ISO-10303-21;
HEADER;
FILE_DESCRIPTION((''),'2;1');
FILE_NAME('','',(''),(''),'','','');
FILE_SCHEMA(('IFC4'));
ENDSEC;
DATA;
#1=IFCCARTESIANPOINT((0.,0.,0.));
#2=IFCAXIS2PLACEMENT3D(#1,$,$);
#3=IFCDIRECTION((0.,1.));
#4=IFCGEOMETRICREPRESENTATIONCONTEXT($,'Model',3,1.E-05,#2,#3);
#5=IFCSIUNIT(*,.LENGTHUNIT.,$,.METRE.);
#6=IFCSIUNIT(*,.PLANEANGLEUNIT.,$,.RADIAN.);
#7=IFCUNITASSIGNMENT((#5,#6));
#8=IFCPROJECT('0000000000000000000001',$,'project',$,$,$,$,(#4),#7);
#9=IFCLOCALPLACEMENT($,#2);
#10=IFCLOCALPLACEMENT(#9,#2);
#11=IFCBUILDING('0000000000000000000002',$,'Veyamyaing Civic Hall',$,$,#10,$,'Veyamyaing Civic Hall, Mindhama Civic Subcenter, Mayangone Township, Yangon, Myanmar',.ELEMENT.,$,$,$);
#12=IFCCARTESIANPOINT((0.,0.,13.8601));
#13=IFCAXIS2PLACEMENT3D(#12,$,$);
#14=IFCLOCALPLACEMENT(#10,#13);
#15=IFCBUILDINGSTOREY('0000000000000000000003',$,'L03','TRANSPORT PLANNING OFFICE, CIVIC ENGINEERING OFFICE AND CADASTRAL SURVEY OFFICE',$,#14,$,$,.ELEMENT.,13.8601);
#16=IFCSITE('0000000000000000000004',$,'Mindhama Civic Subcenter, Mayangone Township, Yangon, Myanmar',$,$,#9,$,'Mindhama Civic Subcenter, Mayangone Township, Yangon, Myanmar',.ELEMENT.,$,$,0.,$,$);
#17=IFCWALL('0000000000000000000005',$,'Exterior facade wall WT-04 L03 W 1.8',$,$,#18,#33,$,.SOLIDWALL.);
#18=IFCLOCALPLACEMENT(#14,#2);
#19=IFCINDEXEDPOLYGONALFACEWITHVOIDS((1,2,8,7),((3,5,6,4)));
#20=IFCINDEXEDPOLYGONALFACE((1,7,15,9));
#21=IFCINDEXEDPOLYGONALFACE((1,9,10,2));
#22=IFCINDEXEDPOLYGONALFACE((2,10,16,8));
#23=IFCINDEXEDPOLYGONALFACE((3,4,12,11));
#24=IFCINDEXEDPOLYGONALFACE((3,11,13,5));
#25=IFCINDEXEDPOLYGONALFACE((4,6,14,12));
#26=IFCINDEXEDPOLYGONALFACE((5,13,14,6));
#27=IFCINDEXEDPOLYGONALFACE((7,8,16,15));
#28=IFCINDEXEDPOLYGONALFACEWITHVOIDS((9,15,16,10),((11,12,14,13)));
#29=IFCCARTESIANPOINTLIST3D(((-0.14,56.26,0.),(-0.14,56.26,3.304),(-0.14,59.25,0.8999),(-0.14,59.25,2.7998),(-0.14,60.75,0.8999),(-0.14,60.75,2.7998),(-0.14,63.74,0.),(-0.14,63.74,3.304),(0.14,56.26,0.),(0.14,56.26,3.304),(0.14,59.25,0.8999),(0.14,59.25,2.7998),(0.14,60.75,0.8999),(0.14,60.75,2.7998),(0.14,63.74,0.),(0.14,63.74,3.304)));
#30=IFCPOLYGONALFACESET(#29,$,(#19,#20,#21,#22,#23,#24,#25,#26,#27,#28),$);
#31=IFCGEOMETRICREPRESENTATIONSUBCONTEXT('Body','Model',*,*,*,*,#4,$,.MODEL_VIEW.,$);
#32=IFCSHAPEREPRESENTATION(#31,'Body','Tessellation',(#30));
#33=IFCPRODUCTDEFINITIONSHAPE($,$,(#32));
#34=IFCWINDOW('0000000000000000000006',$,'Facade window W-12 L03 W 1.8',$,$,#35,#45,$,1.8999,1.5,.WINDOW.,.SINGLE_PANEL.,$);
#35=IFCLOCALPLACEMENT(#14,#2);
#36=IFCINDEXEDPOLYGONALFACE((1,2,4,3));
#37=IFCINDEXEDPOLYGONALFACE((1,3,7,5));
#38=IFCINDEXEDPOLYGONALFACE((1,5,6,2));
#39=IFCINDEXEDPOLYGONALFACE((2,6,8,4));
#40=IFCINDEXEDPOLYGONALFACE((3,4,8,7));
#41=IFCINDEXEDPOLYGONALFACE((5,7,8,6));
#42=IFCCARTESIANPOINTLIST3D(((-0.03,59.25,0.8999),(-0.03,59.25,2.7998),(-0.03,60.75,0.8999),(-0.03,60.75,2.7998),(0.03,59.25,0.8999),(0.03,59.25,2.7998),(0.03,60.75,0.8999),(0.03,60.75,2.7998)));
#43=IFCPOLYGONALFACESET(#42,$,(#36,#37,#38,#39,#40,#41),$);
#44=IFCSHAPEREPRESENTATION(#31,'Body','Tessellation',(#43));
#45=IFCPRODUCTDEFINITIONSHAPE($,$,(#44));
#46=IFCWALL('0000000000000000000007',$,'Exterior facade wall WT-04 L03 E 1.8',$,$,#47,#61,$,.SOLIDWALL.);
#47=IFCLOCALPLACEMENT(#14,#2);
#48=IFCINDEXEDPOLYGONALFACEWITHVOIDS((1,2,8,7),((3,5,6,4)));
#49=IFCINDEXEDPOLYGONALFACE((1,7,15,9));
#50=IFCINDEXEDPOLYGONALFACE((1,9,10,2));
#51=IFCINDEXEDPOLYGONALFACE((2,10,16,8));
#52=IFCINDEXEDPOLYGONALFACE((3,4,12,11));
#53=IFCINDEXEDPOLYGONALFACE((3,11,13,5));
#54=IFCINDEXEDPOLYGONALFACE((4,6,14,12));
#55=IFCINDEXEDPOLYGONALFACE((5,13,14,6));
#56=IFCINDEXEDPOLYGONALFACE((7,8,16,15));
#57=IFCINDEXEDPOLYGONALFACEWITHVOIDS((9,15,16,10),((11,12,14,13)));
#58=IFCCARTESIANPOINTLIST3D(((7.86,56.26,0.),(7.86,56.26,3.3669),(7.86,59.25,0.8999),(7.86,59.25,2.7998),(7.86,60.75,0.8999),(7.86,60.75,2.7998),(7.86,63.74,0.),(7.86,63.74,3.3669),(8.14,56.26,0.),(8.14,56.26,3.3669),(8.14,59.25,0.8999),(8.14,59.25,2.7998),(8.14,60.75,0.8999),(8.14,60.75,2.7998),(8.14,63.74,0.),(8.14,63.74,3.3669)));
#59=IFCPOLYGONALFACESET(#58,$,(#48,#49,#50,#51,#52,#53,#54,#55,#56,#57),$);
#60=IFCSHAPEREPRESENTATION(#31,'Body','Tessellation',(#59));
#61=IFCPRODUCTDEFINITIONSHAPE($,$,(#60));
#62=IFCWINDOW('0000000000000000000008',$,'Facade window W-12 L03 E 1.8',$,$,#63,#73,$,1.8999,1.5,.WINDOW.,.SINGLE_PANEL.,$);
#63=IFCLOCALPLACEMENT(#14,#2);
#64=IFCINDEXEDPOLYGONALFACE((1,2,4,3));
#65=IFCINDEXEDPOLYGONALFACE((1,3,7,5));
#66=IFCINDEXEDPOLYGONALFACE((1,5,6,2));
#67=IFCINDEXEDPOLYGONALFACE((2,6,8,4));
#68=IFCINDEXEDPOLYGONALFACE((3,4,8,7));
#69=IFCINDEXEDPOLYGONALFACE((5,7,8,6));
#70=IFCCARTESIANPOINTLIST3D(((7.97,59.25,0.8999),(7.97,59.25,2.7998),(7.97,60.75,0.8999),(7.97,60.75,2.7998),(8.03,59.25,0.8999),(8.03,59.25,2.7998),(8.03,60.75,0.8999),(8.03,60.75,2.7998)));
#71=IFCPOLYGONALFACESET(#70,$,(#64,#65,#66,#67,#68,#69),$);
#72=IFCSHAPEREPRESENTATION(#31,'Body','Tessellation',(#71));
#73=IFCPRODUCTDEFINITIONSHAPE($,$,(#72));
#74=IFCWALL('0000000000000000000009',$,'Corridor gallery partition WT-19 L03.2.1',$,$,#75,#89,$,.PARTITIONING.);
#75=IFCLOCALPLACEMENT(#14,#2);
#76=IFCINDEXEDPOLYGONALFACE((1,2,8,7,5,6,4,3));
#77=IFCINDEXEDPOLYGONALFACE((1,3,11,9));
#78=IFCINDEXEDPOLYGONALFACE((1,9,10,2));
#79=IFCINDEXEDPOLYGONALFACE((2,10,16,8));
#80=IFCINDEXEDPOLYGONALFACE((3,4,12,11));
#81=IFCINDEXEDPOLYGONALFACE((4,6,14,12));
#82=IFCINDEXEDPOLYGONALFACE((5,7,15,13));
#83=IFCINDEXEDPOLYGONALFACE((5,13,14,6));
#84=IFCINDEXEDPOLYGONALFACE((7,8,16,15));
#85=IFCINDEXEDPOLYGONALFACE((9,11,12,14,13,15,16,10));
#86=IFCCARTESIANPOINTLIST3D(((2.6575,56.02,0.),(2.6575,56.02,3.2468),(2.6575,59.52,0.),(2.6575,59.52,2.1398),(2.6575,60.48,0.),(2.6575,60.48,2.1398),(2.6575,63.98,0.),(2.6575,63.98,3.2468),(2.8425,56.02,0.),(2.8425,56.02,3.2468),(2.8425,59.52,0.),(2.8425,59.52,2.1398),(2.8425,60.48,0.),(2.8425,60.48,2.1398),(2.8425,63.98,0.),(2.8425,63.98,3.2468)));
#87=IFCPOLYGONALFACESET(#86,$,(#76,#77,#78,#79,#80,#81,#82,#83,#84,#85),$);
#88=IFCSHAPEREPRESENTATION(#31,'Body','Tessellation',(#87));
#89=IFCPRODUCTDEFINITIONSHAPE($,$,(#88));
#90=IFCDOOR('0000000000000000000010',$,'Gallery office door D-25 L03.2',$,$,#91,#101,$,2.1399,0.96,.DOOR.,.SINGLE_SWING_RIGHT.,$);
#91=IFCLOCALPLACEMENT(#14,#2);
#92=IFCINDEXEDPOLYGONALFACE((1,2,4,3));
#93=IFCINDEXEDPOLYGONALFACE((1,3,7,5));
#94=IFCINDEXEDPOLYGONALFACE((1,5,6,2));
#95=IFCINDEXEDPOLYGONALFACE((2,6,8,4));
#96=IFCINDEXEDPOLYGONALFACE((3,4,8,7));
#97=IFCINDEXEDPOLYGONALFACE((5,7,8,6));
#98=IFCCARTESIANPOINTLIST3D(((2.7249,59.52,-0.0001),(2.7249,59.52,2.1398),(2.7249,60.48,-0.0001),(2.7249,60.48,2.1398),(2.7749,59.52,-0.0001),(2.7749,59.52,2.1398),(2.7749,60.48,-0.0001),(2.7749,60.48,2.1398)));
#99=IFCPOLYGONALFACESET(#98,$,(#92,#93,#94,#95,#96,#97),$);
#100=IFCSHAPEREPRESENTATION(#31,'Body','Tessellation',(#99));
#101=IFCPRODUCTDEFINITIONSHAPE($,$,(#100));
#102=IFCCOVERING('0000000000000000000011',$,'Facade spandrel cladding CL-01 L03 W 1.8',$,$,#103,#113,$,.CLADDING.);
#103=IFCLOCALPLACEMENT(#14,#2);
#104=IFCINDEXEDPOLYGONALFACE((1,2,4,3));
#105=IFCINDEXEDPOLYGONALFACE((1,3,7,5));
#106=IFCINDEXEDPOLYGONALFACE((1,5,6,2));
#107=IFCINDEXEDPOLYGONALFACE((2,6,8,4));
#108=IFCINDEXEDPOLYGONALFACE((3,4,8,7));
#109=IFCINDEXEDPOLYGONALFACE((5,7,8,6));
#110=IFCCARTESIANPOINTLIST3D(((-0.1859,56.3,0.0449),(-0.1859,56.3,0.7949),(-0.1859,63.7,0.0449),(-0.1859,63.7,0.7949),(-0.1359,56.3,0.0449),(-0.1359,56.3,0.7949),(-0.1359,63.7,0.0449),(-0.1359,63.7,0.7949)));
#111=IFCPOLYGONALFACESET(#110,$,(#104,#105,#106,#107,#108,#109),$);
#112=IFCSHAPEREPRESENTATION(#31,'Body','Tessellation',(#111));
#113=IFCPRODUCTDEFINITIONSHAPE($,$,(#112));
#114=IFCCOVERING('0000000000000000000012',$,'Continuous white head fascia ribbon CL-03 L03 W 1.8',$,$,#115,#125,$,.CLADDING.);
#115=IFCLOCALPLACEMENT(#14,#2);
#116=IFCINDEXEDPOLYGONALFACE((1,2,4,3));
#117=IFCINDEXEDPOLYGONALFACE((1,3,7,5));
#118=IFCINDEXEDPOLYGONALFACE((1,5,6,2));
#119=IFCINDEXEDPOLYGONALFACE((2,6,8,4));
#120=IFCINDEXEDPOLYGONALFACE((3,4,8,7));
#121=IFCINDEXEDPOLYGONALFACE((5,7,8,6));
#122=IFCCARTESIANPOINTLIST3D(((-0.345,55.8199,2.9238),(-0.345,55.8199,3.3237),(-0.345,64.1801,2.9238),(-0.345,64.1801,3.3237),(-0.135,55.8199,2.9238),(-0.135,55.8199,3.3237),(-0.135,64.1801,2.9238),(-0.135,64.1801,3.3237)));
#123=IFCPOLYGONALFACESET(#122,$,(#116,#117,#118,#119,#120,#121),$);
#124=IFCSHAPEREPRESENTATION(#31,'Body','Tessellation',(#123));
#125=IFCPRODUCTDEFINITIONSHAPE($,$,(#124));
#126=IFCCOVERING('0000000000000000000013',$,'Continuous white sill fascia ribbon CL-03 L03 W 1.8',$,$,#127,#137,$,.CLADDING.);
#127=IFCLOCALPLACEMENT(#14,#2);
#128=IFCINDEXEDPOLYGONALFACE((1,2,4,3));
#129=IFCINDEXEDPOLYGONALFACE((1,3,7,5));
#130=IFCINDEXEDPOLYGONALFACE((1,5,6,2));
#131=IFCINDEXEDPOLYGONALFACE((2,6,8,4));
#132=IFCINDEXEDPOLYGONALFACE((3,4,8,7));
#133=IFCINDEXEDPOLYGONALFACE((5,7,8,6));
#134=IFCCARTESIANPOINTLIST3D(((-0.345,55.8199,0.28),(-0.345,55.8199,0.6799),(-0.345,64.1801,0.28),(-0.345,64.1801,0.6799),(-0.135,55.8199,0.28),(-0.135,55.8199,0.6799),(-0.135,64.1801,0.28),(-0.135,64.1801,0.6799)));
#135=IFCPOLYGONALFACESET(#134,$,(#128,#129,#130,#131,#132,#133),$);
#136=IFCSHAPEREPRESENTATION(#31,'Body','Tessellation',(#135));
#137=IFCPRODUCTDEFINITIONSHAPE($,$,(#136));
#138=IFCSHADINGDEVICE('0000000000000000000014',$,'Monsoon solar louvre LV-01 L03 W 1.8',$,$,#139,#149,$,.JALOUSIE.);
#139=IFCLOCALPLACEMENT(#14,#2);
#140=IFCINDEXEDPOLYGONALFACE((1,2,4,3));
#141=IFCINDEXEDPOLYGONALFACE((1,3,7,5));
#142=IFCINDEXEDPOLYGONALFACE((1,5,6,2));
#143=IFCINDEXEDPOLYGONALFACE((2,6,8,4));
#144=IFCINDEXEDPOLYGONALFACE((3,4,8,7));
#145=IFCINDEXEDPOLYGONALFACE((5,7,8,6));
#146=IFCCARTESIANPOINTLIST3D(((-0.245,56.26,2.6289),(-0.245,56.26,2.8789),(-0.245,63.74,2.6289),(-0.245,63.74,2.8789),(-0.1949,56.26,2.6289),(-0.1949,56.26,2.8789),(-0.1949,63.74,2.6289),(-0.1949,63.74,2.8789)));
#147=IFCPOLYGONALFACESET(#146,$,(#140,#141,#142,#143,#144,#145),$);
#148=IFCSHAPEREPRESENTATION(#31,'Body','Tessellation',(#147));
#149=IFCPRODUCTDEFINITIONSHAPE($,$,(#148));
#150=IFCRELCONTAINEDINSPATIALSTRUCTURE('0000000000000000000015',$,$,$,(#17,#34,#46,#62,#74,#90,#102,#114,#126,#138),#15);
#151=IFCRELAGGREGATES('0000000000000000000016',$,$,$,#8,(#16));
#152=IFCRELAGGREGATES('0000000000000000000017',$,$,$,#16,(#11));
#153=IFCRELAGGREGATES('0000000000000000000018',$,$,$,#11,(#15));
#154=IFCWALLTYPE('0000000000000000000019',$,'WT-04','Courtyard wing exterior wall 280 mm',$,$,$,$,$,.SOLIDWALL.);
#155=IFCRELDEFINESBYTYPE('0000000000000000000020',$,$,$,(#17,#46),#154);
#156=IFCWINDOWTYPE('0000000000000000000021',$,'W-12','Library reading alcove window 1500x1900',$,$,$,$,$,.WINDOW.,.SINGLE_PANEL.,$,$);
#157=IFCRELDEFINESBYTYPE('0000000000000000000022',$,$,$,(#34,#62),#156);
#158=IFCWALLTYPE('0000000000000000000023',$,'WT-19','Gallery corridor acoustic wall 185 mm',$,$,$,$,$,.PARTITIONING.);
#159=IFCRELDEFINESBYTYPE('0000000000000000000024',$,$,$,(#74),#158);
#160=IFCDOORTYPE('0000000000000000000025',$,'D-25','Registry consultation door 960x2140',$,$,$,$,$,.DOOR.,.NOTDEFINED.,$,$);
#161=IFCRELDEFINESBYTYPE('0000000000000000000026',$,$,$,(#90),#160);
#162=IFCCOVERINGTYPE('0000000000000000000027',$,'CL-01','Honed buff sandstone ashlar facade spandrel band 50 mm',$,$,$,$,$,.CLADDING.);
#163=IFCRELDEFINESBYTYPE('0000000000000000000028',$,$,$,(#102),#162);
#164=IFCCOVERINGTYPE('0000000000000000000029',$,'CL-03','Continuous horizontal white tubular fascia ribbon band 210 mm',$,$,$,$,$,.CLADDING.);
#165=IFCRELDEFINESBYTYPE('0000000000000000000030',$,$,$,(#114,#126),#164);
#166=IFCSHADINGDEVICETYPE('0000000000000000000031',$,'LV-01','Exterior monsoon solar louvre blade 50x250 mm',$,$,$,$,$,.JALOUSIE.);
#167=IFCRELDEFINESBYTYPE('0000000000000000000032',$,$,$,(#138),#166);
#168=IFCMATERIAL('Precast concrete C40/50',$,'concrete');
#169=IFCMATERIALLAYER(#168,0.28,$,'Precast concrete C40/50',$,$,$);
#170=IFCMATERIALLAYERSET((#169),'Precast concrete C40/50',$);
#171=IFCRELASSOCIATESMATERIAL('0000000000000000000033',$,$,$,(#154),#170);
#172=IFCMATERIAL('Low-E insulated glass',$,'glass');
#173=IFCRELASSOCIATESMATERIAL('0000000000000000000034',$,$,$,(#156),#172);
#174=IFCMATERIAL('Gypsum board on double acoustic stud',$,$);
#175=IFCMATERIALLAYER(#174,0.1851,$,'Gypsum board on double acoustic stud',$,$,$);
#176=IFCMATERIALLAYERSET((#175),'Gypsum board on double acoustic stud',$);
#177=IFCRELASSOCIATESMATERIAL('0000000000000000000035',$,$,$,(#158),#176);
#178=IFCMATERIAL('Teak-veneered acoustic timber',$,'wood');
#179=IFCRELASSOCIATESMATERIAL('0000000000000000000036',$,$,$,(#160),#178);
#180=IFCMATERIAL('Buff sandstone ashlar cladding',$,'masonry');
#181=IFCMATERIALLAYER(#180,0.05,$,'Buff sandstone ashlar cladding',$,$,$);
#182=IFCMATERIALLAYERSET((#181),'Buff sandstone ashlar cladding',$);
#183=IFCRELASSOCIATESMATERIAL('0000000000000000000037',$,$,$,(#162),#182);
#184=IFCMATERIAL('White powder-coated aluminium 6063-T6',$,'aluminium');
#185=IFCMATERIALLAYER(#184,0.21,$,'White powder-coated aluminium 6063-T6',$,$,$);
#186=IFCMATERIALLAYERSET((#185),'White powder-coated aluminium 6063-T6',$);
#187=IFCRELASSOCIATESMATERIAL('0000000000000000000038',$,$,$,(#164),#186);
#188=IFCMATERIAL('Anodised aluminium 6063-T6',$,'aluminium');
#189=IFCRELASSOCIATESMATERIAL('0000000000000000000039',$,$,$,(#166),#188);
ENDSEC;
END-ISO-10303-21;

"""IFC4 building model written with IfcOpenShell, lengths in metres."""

from ifc_helpers import new_model, si_unit, direction, frame, frame_2d, origin, origin_2d, place, context, subcontext, project, spatial, rectangle, extrude, material, layer, layer_set, material_profile, profile_set, type_object, element, fill, save


model = new_model("IFC4")

# Units and contexts
model_context = context("Model", 3, precision=1e-05, world=origin(), true_north=direction((0.0, 1.0)))
body_context = subcontext(model_context, "Body", "Model", "MODEL_VIEW")
ifc_project = project(units=[si_unit("LENGTHUNIT", "METRE"), si_unit("PLANEANGLEUNIT", "RADIAN")], contexts=[model_context])

# Site, building, storey
site_placement = place(None, origin())
site = spatial("IfcSite", under=ifc_project, at=site_placement, Name="Mindhama Civic Subcenter, Mayangone Township, Yangon, Myanmar", LongName="Mindhama Civic Subcenter, Mayangone Township, Yangon, Myanmar", CompositionType="ELEMENT", RefElevation=0.0)
building_placement = place(site_placement, origin())
building = spatial("IfcBuilding", under=site, at=building_placement, Name="Veyamyaing Civic Hall", LongName="Veyamyaing Civic Hall, Mindhama Civic Subcenter, Mayangone Township, Yangon, Myanmar", CompositionType="ELEMENT")
storey_placement = place(building_placement, frame((0.0, 0.0, 13.8601)))
storey = spatial("IfcBuildingStorey", under=building, at=storey_placement, Name="L03", Description="TRANSPORT PLANNING OFFICE, CIVIC ENGINEERING OFFICE AND CADASTRAL SURVEY OFFICE", CompositionType="ELEMENT", Elevation=13.8601)

# Walls, openings, windows
ifc_material_1 = material(Name="Precast concrete C40/50", Category="concrete")
ifc_layer_1 = layer(ifc_material_1, 0.28, Name="Precast concrete C40/50")
ifc_layer_set_1 = layer_set([ifc_layer_1], Name="Precast concrete C40/50")
wall_type_1 = type_object("IfcWallType", Name="WT-04", Description="Courtyard wing exterior wall 280 mm", PredefinedType="SOLIDWALL", material=ifc_layer_set_1)
wall_1_placement = place(storey_placement, frame((0.0, 56.26, 0.0), z_axis=(0.0, 0.0, 1.0), x_axis=(0.0, 1.0, 0.0)))
wall_1 = element("IfcWall", 1, at=wall_1_placement, inside=storey, type_object=wall_type_1, Name="Exterior facade wall WT-04 L03 W 1.8", PredefinedType="SOLIDWALL", context=body_context, shape_type="SweptSolid", body=[
    extrude(rectangle(XDim=7.48, YDim=0.28, at=frame_2d((3.74, 0.0))), origin(), (0.0, 0.0, 1.0), 3.304),
])
opening_1_placement = place(wall_1_placement, frame((2.99, 0.0, 0.8999)))
opening_1 = element("IfcOpeningElement", 2, at=opening_1_placement, cuts=wall_1, PredefinedType="OPENING", context=body_context, shape_type="SweptSolid", body=[
    extrude(rectangle(XDim=1.5, YDim=1.8999, at=frame_2d((0.75, 0.95))), frame((0.0, 0.1499, 0.0), z_axis=(0.0, -1.0, 0.0), x_axis=(1.0, 0.0, 0.0)), (0.0, 0.0, 1.0), 0.3),
])
ifc_material_2 = material(Name="Low-E insulated glass", Category="glass")
window_type = type_object("IfcWindowType", Name="W-12", Description="Library reading alcove window 1500x1900", PartitioningType="SINGLE_PANEL", PredefinedType="WINDOW", material=ifc_material_2)
window_1_placement = place(opening_1_placement, origin())
window_1 = element("IfcWindow", 3, at=window_1_placement, inside=storey, type_object=window_type, Name="Facade window W-12 L03 W 1.8", OverallHeight=1.8999, OverallWidth=1.5, PartitioningType="SINGLE_PANEL", PredefinedType="WINDOW", context=body_context, shape_type="SweptSolid", body=[
    extrude(rectangle(XDim=1.5, YDim=1.8999, at=frame_2d((0.75, 0.95))), frame((0.0, 0.03, 0.0), z_axis=(0.0, -1.0, 0.0), x_axis=(1.0, 0.0, 0.0)), (0.0, 0.0, 1.0), 0.0601),
])
fill(opening_1, window_1)
wall_2_placement = place(storey_placement, frame((8.0, 56.26, 0.0), z_axis=(0.0, 0.0, 1.0), x_axis=(0.0, 1.0, 0.0)))
wall_2 = element("IfcWall", 4, at=wall_2_placement, inside=storey, type_object=wall_type_1, Name="Exterior facade wall WT-04 L03 E 1.8", PredefinedType="SOLIDWALL", context=body_context, shape_type="SweptSolid", body=[
    extrude(rectangle(XDim=7.48, YDim=0.28, at=frame_2d((3.74, 0.0))), origin(), (0.0, 0.0, 1.0), 3.3669),
])
opening_2_placement = place(wall_2_placement, frame((2.99, 0.0, 0.8999)))
opening_2 = element("IfcOpeningElement", 5, at=opening_2_placement, cuts=wall_2, PredefinedType="OPENING", context=body_context, shape_type="SweptSolid", body=[
    extrude(rectangle(XDim=1.5, YDim=1.8999, at=frame_2d((0.75, 0.95))), frame((0.0, 0.1499, 0.0), z_axis=(0.0, -1.0, 0.0), x_axis=(1.0, 0.0, 0.0)), (0.0, 0.0, 1.0), 0.3),
])
window_2_placement = place(opening_2_placement, origin())
window_2 = element("IfcWindow", 6, at=window_2_placement, inside=storey, type_object=window_type, Name="Facade window W-12 L03 E 1.8", OverallHeight=1.8999, OverallWidth=1.5, PartitioningType="SINGLE_PANEL", PredefinedType="WINDOW", context=body_context, shape_type="SweptSolid", body=[
    extrude(rectangle(XDim=1.5, YDim=1.8999, at=frame_2d((0.75, 0.95))), frame((0.0, 0.03, 0.0), z_axis=(0.0, -1.0, 0.0), x_axis=(1.0, 0.0, 0.0)), (0.0, 0.0, 1.0), 0.0601),
])
fill(opening_2, window_2)

# Wall, opening, door
ifc_material_3 = material(Name="Gypsum board on double acoustic stud")
ifc_layer_2 = layer(ifc_material_3, 0.1851, Name="Gypsum board on double acoustic stud")
ifc_layer_set_2 = layer_set([ifc_layer_2], Name="Gypsum board on double acoustic stud")
wall_type_2 = type_object("IfcWallType", Name="WT-19", Description="Gallery corridor acoustic wall 185 mm", PredefinedType="PARTITIONING", material=ifc_layer_set_2)
wall_3_placement = place(storey_placement, frame((2.75, 56.02, 0.0), z_axis=(0.0, 0.0, 1.0), x_axis=(0.0, 1.0, 0.0)))
wall_3 = element("IfcWall", 7, at=wall_3_placement, inside=storey, type_object=wall_type_2, Name="Corridor gallery partition WT-19 L03.2.1", PredefinedType="PARTITIONING", context=body_context, shape_type="SweptSolid", body=[
    extrude(rectangle(XDim=7.96, YDim=0.1851, at=frame_2d((3.98, 0.0))), origin(), (0.0, 0.0, 1.0), 3.2468),
])
opening_3_placement = place(wall_3_placement, frame((3.5, 0.0, 0.0)))
opening_3 = element("IfcOpeningElement", 8, at=opening_3_placement, cuts=wall_3, PredefinedType="OPENING", context=body_context, shape_type="SweptSolid", body=[
    extrude(rectangle(XDim=0.96, YDim=2.1399, at=frame_2d((0.48, 1.0698))), frame((0.0, 0.1025, 0.0), z_axis=(0.0, -1.0, 0.0), x_axis=(1.0, 0.0, 0.0)), (0.0, 0.0, 1.0), 0.2051),
])
ifc_material_4 = material(Name="Teak-veneered acoustic timber", Category="wood")
door_type = type_object("IfcDoorType", Name="D-25", Description="Registry consultation door 960x2140", OperationType="NOTDEFINED", PredefinedType="DOOR", material=ifc_material_4)
door_placement = place(opening_3_placement, frame((0.96, 0.0, 0.0), z_axis=(0.0, 0.0, 1.0), x_axis=(-1.0, 0.0, 0.0)))
door = element("IfcDoor", 9, at=door_placement, inside=storey, type_object=door_type, Name="Gallery office door D-25 L03.2", OperationType="SINGLE_SWING_RIGHT", OverallHeight=2.1399, OverallWidth=0.96, PredefinedType="DOOR", context=body_context, shape_type="SweptSolid", body=[
    extrude(rectangle(XDim=0.96, YDim=2.1399, at=frame_2d((0.48, 1.0698))), frame((0.0, 0.0249, 0.0), z_axis=(0.0, -1.0, 0.0), x_axis=(1.0, 0.0, 0.0)), (0.0, 0.0, 1.0), 0.05),
])
fill(opening_3, door)

# Coverings
ifc_material_5 = material(Name="Buff sandstone ashlar cladding", Category="masonry")
ifc_layer_3 = layer(ifc_material_5, 0.05, Name="Buff sandstone ashlar cladding")
ifc_layer_set_3 = layer_set([ifc_layer_3], Name="Buff sandstone ashlar cladding")
covering_type_1 = type_object("IfcCoveringType", Name="CL-01", Description="Honed buff sandstone ashlar facade spandrel band 50 mm", PredefinedType="CLADDING", material=ifc_layer_set_3)
covering_placement = place(storey_placement, frame((-0.1609, 60.0, 0.0449), z_axis=(0.0, 0.0, 1.0), x_axis=(0.0, 1.0, 0.0)))
element("IfcCovering", 10, at=covering_placement, inside=storey, type_object=covering_type_1, Name="Facade spandrel cladding CL-01 L03 W 1.8", PredefinedType="CLADDING", context=body_context, shape_type="SweptSolid", body=[
    extrude(rectangle(XDim=7.3999, YDim=0.05, at=origin_2d()), origin(), (0.0, 0.0, 1.0), 0.75),
])
ifc_material_6 = material(Name="White powder-coated aluminium 6063-T6", Category="aluminium")
ifc_layer_4 = layer(ifc_material_6, 0.21, Name="White powder-coated aluminium 6063-T6")
ifc_layer_set_4 = layer_set([ifc_layer_4], Name="White powder-coated aluminium 6063-T6")
covering_type_2 = type_object("IfcCoveringType", Name="CL-03", Description="Continuous horizontal white tubular fascia ribbon band 210 mm", PredefinedType="CLADDING", material=ifc_layer_set_4)
for number, where, z_axis, x_axis, name in (
    (11, (-0.24, 60.0, 2.9238), (0.0, 0.0, 1.0), (0.0, 1.0, 0.0), "Continuous white head fascia ribbon CL-03 L03 W 1.8"),
    (12, (-0.24, 60.0, 0.28), (0.0, 0.0, 1.0), (0.0, 1.0, 0.0), "Continuous white sill fascia ribbon CL-03 L03 W 1.8"),
):
    element("IfcCovering", number, at=place(storey_placement, frame(where, z_axis=z_axis, x_axis=x_axis)), inside=storey, type_object=covering_type_2, Name=name, PredefinedType="CLADDING", context=body_context, shape_type="SweptSolid", body=[
        extrude(rectangle(XDim=8.3601, YDim=0.21, at=origin_2d()), origin(), (0.0, 0.0, 1.0), 0.3999),
    ])

# Shading device
ifc_material_7 = material(Name="Anodised aluminium 6063-T6", Category="aluminium")
ifc_material_profile_1 = material_profile(ifc_material_7, rectangle(XDim=0.05, YDim=0.25, at=origin_2d()), Name="LOUVRE-BLADE-50X250")
ifc_profile_set_1 = profile_set([ifc_material_profile_1], Name="Anodised aluminium 6063-T6")
shading_device_type_1 = type_object("IfcShadingDeviceType", Name="LV-01", Description="Exterior monsoon solar louvre blade 50x250 mm", PredefinedType="JALOUSIE", material=ifc_profile_set_1)
shading_device_1_placement = place(storey_placement, frame((-0.22, 56.26, 2.7539), z_axis=(0.0, 1.0, 0.0), x_axis=(-1.0, 0.0, 0.0)))
element("IfcShadingDevice", 13, at=shading_device_1_placement, inside=storey, type_object=shading_device_type_1, Name="Monsoon solar louvre LV-01 L03 W 1.8", PredefinedType="JALOUSIE", context=body_context, shape_type="SweptSolid", body=[
    extrude(rectangle(XDim=0.05, YDim=0.25, at=origin_2d()), origin(), (0.0, 0.0, 1.0), 7.48),
])

save(model, "model.ifc")
